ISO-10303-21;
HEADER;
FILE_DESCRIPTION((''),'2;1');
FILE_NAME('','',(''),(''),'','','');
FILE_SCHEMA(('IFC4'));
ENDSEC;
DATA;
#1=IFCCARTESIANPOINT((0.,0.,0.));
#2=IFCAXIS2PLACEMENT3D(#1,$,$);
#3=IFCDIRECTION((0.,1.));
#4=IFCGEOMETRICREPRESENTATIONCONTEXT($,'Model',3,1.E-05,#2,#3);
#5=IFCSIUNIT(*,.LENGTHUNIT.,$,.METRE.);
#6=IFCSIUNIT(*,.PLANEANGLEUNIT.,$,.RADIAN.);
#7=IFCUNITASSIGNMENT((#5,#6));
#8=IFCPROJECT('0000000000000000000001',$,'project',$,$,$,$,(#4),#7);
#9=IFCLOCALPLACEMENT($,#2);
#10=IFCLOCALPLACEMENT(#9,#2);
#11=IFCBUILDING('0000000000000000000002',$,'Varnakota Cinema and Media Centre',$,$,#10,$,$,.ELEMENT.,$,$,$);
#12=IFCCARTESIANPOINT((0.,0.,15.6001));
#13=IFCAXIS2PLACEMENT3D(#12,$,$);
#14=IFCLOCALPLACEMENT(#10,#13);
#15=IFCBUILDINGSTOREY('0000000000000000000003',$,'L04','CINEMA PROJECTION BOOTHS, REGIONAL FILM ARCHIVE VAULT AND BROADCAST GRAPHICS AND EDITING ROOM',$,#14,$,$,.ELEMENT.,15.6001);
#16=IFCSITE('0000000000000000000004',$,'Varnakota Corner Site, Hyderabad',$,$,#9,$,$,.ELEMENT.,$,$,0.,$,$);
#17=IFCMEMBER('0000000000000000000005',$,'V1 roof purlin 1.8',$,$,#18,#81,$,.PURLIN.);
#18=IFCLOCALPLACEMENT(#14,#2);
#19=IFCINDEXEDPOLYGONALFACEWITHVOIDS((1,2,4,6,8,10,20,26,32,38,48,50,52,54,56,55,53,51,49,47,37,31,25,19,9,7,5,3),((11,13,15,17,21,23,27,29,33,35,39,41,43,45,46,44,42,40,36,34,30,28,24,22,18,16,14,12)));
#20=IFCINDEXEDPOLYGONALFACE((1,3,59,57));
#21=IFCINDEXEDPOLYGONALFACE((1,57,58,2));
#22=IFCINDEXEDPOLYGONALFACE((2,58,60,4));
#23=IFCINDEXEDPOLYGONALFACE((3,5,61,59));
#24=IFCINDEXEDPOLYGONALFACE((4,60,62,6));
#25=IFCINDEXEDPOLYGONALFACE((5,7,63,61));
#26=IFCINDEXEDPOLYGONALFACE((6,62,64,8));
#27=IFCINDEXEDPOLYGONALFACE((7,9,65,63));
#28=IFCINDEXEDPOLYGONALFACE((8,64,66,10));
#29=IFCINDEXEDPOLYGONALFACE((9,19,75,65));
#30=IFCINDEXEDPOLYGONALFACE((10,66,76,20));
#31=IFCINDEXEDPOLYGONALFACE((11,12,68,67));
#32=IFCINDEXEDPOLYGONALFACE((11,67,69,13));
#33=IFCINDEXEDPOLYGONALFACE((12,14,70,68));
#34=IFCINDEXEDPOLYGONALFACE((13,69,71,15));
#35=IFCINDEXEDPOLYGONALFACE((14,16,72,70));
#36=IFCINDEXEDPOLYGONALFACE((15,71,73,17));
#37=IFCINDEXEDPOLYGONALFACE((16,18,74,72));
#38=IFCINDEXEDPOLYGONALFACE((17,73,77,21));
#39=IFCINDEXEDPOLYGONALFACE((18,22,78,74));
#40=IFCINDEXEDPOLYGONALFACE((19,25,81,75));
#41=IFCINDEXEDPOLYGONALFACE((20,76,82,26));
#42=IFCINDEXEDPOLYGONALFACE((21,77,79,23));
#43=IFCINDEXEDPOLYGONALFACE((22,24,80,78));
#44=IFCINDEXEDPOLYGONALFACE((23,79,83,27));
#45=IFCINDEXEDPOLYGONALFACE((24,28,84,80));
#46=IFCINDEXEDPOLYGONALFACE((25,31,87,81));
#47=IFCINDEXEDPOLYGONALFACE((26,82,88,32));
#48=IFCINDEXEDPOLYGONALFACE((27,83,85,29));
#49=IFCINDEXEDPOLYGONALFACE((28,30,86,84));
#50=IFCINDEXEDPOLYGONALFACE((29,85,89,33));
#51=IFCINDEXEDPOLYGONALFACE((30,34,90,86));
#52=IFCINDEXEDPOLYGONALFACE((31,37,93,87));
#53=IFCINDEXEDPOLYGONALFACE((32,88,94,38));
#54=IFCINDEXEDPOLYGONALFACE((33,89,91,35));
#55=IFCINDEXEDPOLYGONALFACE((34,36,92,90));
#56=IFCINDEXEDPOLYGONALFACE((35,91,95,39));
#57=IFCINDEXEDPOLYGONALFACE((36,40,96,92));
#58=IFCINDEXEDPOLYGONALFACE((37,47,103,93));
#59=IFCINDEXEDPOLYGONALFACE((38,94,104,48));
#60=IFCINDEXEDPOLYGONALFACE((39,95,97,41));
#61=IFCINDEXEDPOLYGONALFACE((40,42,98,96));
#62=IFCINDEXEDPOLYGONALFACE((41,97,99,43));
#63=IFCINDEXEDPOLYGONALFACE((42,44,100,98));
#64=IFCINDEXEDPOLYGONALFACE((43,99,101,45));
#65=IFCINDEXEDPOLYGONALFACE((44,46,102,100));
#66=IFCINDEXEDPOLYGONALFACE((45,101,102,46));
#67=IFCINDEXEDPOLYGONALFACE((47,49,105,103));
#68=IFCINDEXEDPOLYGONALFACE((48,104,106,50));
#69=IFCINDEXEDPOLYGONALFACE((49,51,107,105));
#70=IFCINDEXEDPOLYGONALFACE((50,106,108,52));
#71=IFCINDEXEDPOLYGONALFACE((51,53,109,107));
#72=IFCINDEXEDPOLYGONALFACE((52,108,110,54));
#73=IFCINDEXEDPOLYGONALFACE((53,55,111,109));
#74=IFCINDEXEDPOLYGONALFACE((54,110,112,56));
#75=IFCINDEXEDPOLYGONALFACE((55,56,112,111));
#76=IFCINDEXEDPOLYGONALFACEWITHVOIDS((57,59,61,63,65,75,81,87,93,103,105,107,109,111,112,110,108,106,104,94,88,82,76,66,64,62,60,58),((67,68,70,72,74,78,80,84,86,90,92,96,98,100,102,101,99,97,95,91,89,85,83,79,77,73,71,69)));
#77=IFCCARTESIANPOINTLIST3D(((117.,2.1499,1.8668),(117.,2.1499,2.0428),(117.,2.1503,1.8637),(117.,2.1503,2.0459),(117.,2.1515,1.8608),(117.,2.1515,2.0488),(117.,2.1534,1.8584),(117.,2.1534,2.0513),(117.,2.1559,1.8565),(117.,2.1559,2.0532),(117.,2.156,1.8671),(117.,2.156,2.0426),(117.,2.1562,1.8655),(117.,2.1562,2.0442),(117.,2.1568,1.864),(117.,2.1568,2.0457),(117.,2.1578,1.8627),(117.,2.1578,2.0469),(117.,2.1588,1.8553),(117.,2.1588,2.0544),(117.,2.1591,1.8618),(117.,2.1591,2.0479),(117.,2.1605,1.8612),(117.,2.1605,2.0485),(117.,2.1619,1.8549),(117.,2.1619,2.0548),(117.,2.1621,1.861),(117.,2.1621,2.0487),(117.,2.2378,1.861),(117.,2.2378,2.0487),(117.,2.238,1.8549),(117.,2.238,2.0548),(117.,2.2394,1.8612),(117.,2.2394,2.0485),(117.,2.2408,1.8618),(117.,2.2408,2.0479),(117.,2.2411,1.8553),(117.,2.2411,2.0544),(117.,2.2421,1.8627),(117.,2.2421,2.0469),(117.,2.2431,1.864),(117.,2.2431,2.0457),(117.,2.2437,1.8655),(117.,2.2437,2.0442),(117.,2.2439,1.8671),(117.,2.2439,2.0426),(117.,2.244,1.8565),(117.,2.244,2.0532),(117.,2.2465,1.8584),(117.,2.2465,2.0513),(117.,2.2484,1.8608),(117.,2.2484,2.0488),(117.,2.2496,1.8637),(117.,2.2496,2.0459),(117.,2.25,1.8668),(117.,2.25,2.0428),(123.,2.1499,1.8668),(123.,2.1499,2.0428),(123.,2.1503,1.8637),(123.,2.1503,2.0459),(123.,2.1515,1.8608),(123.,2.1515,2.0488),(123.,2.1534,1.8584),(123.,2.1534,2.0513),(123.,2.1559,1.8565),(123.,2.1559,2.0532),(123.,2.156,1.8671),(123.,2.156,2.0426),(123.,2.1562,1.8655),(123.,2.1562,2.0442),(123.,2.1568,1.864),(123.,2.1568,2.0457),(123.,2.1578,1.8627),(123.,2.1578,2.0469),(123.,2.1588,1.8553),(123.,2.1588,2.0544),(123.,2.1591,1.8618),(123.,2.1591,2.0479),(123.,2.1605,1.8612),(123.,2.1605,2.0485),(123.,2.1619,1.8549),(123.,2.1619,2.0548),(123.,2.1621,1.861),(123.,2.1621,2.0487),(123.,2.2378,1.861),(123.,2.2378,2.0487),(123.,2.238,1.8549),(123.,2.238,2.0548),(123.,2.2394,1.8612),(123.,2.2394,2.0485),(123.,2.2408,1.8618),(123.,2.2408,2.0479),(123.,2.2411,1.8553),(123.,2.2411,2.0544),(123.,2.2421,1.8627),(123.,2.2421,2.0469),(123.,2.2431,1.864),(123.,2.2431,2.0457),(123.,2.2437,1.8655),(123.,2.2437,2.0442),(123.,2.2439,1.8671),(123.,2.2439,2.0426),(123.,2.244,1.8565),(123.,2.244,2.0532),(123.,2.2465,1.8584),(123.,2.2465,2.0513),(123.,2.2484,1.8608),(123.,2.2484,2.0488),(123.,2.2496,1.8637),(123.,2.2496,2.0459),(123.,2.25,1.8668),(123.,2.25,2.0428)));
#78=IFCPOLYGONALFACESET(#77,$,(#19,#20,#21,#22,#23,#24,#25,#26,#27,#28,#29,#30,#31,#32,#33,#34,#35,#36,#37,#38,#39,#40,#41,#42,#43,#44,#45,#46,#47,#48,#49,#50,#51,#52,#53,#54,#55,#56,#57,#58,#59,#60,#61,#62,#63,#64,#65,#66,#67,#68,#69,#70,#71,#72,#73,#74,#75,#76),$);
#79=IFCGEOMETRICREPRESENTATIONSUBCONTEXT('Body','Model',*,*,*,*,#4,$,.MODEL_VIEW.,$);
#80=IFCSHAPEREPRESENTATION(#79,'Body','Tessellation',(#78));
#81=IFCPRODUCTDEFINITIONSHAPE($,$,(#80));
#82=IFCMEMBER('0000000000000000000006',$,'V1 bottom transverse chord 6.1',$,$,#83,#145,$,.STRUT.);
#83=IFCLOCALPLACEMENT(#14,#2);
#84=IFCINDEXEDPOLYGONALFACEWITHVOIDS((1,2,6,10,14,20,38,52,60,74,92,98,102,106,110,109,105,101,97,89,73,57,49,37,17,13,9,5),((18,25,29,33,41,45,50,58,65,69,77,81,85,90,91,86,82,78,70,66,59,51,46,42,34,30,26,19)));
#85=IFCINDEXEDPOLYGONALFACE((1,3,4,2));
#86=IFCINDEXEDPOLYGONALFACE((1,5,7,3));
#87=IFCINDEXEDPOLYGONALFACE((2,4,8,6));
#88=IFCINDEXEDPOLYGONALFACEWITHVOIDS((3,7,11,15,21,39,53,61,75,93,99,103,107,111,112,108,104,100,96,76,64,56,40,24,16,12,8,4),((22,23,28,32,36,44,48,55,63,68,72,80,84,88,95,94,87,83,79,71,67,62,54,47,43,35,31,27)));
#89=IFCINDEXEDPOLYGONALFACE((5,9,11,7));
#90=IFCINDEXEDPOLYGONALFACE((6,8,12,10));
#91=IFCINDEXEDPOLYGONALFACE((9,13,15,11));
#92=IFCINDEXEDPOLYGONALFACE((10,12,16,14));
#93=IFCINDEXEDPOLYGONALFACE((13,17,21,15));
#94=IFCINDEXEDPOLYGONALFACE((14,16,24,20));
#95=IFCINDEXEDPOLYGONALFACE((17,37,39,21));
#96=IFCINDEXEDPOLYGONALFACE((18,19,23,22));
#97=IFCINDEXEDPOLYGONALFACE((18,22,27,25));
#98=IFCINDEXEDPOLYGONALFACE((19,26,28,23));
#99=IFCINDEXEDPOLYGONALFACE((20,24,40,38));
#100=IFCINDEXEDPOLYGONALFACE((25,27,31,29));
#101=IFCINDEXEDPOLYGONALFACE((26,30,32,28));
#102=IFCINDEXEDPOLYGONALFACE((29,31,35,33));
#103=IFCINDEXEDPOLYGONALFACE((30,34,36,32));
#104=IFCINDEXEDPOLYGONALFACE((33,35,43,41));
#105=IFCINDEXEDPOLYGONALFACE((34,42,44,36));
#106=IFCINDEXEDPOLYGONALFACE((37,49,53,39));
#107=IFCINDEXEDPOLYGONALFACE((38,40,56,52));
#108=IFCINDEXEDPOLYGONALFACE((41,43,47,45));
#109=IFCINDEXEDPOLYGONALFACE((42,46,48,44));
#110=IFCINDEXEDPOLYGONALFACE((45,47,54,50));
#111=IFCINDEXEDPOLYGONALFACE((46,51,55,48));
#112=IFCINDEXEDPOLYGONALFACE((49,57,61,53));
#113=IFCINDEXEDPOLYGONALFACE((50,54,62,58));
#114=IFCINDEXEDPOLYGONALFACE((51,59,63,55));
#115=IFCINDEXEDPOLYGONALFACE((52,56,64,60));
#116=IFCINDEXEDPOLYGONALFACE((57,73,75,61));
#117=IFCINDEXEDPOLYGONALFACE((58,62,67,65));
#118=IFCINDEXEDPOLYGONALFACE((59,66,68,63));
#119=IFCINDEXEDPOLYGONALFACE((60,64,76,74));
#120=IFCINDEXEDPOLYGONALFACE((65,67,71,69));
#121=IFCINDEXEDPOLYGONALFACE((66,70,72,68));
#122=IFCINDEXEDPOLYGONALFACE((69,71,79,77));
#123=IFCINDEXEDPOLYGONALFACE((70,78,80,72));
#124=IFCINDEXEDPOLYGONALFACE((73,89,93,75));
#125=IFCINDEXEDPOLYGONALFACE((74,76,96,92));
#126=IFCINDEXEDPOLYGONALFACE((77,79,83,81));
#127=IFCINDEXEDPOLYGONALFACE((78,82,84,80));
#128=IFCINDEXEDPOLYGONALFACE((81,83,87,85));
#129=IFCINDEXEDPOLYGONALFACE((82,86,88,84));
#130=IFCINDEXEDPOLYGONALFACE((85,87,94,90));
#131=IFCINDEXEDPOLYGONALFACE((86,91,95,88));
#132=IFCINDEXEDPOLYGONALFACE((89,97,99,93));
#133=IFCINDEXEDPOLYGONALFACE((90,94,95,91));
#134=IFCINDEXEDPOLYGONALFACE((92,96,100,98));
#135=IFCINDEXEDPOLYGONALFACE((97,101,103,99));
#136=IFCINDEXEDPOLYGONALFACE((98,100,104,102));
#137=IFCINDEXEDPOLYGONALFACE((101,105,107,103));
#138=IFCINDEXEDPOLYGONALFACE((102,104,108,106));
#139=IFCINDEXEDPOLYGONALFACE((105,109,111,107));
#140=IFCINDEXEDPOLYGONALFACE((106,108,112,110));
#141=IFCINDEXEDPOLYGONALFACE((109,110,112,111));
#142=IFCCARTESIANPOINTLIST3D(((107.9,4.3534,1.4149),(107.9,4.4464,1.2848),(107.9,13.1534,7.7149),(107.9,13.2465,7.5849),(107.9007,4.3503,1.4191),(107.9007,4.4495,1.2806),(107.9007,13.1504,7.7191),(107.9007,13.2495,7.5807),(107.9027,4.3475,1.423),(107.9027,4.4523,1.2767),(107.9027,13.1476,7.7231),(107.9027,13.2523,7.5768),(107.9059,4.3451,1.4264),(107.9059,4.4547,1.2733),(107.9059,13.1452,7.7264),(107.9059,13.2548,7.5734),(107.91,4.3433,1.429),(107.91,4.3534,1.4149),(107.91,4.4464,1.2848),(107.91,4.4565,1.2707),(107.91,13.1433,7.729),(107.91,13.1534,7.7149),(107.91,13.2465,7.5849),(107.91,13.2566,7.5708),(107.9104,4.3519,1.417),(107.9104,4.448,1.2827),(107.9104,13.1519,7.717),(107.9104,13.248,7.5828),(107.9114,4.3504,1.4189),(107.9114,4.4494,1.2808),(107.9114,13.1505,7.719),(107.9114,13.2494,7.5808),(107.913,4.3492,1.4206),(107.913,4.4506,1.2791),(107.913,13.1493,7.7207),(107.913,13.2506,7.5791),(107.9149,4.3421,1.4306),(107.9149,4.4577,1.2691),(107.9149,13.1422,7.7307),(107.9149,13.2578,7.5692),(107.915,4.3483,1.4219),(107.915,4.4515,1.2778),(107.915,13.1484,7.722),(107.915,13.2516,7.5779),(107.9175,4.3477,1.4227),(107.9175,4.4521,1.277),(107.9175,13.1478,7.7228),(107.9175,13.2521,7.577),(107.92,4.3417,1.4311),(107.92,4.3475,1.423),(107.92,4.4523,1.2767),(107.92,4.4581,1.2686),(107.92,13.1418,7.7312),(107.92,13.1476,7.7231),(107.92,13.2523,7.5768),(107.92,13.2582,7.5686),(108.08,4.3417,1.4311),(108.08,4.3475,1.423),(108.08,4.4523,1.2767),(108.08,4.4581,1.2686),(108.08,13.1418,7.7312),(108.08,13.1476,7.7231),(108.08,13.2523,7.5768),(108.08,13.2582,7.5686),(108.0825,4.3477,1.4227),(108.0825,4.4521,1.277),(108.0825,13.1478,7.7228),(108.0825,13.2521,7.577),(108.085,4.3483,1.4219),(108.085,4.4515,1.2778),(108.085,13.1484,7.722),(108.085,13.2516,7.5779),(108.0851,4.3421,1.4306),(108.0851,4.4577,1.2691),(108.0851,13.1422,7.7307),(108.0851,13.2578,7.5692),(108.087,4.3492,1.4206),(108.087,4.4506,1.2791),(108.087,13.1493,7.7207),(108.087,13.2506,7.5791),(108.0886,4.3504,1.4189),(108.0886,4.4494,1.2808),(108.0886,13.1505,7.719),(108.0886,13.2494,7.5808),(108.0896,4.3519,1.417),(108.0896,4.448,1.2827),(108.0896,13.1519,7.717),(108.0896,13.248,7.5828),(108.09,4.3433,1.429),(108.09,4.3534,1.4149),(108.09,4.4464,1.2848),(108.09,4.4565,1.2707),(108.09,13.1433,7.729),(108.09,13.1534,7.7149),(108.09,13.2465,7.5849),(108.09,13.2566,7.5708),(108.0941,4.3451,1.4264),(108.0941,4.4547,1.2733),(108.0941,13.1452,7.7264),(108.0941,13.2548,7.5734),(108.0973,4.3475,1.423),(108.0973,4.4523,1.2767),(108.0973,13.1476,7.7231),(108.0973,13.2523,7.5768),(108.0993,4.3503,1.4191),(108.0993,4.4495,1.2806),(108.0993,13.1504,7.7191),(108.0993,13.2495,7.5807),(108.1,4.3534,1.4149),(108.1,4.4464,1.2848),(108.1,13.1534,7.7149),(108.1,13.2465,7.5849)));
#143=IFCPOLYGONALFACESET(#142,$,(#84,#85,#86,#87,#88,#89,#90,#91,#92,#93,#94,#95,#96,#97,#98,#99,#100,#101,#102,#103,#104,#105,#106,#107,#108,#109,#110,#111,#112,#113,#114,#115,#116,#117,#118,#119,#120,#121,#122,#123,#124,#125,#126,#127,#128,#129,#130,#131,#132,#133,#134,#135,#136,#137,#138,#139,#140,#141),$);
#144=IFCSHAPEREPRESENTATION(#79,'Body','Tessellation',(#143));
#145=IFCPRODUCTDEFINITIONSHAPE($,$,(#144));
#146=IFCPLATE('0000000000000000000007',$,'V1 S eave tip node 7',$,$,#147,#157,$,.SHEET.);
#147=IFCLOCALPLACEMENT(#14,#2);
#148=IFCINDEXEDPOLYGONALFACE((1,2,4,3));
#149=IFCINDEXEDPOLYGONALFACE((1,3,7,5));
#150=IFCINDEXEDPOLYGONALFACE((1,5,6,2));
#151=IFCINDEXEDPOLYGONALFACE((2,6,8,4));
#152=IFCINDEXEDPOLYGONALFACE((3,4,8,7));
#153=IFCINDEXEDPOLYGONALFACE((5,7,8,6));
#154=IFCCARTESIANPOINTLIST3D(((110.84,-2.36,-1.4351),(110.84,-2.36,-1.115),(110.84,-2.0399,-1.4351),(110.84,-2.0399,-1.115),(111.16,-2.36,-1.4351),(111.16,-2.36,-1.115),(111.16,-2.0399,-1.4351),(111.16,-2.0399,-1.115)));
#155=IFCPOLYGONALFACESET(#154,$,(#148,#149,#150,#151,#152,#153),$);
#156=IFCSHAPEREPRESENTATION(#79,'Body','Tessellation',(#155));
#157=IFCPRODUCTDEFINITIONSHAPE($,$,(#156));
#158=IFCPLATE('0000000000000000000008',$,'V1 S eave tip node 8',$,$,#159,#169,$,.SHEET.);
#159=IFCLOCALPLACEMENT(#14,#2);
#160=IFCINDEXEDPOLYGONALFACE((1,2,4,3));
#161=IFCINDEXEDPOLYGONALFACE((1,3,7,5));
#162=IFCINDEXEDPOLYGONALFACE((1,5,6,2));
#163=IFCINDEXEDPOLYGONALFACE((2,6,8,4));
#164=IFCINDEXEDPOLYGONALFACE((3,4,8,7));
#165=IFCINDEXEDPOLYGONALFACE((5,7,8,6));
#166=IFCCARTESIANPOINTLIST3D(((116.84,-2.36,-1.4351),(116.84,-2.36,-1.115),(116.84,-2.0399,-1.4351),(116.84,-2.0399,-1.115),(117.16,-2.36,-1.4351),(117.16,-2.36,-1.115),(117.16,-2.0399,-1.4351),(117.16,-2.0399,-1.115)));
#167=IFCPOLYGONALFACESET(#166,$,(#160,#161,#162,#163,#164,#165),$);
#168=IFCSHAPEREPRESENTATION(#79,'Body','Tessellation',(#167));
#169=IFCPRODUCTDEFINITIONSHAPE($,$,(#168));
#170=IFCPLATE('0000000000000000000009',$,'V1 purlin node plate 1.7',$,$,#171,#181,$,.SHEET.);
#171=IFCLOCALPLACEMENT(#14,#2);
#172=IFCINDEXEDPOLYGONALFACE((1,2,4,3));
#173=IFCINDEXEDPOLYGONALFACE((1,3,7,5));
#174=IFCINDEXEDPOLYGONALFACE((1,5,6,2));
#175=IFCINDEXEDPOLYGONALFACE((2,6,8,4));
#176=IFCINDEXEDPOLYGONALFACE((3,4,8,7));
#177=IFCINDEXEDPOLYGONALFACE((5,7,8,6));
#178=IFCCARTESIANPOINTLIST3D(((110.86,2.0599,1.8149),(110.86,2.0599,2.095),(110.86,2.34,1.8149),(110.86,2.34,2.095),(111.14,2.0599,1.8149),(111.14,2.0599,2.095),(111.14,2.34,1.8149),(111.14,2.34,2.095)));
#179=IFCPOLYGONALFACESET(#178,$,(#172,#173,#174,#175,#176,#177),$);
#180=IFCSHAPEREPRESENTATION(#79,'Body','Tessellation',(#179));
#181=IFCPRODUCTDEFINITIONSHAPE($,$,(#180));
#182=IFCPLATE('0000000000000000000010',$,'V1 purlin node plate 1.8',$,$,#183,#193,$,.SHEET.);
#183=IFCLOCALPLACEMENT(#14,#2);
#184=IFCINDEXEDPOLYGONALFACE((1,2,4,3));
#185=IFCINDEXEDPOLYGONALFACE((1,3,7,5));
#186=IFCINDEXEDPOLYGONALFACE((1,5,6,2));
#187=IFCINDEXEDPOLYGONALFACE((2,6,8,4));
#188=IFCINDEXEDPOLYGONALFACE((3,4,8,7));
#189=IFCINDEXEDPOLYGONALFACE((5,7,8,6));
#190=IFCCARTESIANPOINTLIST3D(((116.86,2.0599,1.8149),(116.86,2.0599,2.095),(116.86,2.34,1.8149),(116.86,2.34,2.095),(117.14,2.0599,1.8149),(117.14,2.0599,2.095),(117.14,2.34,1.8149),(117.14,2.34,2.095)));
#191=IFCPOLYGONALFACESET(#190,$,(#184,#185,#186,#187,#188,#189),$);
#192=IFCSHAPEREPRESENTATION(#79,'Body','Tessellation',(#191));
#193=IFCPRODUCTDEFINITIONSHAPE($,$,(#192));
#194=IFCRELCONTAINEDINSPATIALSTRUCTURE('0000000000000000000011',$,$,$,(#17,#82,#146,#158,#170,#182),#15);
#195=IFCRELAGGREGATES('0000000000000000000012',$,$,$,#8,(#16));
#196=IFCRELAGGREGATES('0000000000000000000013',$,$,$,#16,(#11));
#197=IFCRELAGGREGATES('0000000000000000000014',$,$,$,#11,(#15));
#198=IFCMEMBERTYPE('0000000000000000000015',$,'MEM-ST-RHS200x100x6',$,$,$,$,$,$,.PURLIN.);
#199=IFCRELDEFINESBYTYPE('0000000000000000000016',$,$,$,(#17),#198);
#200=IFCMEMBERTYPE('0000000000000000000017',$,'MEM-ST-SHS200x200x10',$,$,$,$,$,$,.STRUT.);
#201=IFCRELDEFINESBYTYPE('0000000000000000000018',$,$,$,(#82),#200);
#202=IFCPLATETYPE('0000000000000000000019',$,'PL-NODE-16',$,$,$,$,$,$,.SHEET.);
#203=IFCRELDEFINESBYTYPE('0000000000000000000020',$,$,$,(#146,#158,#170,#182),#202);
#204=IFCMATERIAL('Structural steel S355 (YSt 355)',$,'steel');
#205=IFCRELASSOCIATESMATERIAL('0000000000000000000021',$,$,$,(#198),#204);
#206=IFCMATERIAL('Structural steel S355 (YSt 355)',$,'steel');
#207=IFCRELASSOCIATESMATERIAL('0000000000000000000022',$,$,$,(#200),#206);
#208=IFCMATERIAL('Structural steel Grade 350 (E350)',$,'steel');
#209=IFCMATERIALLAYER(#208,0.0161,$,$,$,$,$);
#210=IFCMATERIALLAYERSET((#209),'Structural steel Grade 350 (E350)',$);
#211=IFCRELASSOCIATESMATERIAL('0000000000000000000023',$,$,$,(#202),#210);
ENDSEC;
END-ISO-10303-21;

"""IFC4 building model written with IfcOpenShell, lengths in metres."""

from ifc_helpers import new_model, si_unit, direction, frame, origin, origin_2d, place, context, subcontext, project, spatial, rectangle, hollow_rectangle, extrude, material, layer, layer_set, material_profile, profile_set, type_object, element, save


model = new_model("IFC4")

# Units and contexts
model_context = context("Model", 3, precision=1e-05, world=origin(), true_north=direction((0.0, 1.0)))
body_context = subcontext(model_context, "Body", "Model", "MODEL_VIEW")
ifc_project = project(units=[si_unit("LENGTHUNIT", "METRE"), si_unit("PLANEANGLEUNIT", "RADIAN")], contexts=[model_context])

# Site, building, storey
site_placement = place(None, origin())
site = spatial("IfcSite", under=ifc_project, at=site_placement, Name="Varnakota Corner Site, Hyderabad", CompositionType="ELEMENT", RefElevation=0.0)
building_placement = place(site_placement, origin())
building = spatial("IfcBuilding", under=site, at=building_placement, Name="Varnakota Cinema and Media Centre", CompositionType="ELEMENT")
storey_placement = place(building_placement, frame((0.0, 0.0, 15.6001)))
storey = spatial("IfcBuildingStorey", under=building, at=storey_placement, Name="L04", Description="CINEMA PROJECTION BOOTHS, REGIONAL FILM ARCHIVE VAULT AND BROADCAST GRAPHICS AND EDITING ROOM", CompositionType="ELEMENT", Elevation=15.6001)

# Members
ifc_material_1 = material(Name="Structural steel S355 (YSt 355)", Category="steel")
ifc_material_profile_1 = material_profile(ifc_material_1, hollow_rectangle(XDim=0.1001, YDim=0.2, WallThickness=0.0061, InnerFilletRadius=0.0061, OuterFilletRadius=0.012, at=origin_2d()), Name="RHS 200x100x6")
ifc_profile_set_1 = profile_set([ifc_material_profile_1], Name="Structural steel S355 (YSt 355)")
member_type_1 = type_object("IfcMemberType", Name="MEM-ST-RHS200x100x6", PredefinedType="PURLIN", material=ifc_profile_set_1)
for number, where, z_axis, x_axis, name in (
    (1, (117.0, 2.2, 1.9548), (1.0, 0.0, 0.0), (0.0, 1.0, 0.0), "V1 roof purlin 1.8"),
):
    element("IfcMember", number, at=place(storey_placement, frame(where, z_axis=z_axis, x_axis=x_axis)), inside=storey, type_object=member_type_1, Name=name, PredefinedType="PURLIN", context=body_context, shape_type="SweptSolid", body=[
        extrude(hollow_rectangle(XDim=0.1001, YDim=0.2, WallThickness=0.0061, InnerFilletRadius=0.0061, OuterFilletRadius=0.012, at=origin_2d()), origin(), (0.0, 0.0, 1.0), 6.0),
    ])
ifc_material_2 = material(Name="Structural steel S355 (YSt 355)", Category="steel")
ifc_material_profile_2 = material_profile(ifc_material_2, hollow_rectangle(XDim=0.2, YDim=0.2, WallThickness=0.01, InnerFilletRadius=0.01, OuterFilletRadius=0.02, at=origin_2d()), Name="SHS 200x200x10")
ifc_profile_set_2 = profile_set([ifc_material_profile_2], Name="Structural steel S355 (YSt 355)")
member_type_2 = type_object("IfcMemberType", Name="MEM-ST-SHS200x200x10", PredefinedType="STRUT", material=ifc_profile_set_2)
member_1_placement = place(storey_placement, frame((108.0, 4.3999, 1.3499), z_axis=(0.0, 0.813108, 0.582113), x_axis=(-1.0, 0.0, 0.0)))
element("IfcMember", 2, at=member_1_placement, inside=storey, type_object=member_type_2, Name="V1 bottom transverse chord 6.1", PredefinedType="STRUT", context=body_context, shape_type="SweptSolid", body=[
    extrude(hollow_rectangle(XDim=0.2, YDim=0.2, WallThickness=0.01, InnerFilletRadius=0.01, OuterFilletRadius=0.02, at=origin_2d()), origin(), (0.0, 0.0, 1.0), 10.8228),
])

# Plates
ifc_material_3 = material(Name="Structural steel Grade 350 (E350)", Category="steel")
ifc_layer_1 = layer(ifc_material_3, 0.0161)
ifc_layer_set_1 = layer_set([ifc_layer_1], Name="Structural steel Grade 350 (E350)")
plate_type_1 = type_object("IfcPlateType", Name="PL-NODE-16", PredefinedType="SHEET", material=ifc_layer_set_1)
for number, where, z_axis, x_axis, name in (
    (3, (111.0, -2.2, -1.4351), (0.0, 0.0, 1.0), (1.0, 0.0, 0.0), "V1 S eave tip node 7"),
    (4, (117.0, -2.2, -1.4351), (0.0, 0.0, 1.0), (1.0, 0.0, 0.0), "V1 S eave tip node 8"),
):
    element("IfcPlate", number, at=place(storey_placement, frame(where, z_axis=z_axis, x_axis=x_axis)), inside=storey, type_object=plate_type_1, Name=name, PredefinedType="SHEET", context=body_context, shape_type="SweptSolid", body=[
        extrude(rectangle(XDim=0.3201, YDim=0.3201, at=origin_2d()), origin(), (0.0, 0.0, 1.0), 0.3201),
    ])
for number, where, z_axis, x_axis, name in (
    (5, (111.0, 2.2, 1.8149), (0.0, 0.0, 1.0), (1.0, 0.0, 0.0), "V1 purlin node plate 1.7"),
    (6, (117.0, 2.2, 1.8149), (0.0, 0.0, 1.0), (1.0, 0.0, 0.0), "V1 purlin node plate 1.8"),
):
    element("IfcPlate", number, at=place(storey_placement, frame(where, z_axis=z_axis, x_axis=x_axis)), inside=storey, type_object=plate_type_1, Name=name, PredefinedType="SHEET", context=body_context, shape_type="SweptSolid", body=[
        extrude(rectangle(XDim=0.28, YDim=0.28, at=origin_2d()), origin(), (0.0, 0.0, 1.0), 0.28),
    ])

save(model, "model.ifc")
